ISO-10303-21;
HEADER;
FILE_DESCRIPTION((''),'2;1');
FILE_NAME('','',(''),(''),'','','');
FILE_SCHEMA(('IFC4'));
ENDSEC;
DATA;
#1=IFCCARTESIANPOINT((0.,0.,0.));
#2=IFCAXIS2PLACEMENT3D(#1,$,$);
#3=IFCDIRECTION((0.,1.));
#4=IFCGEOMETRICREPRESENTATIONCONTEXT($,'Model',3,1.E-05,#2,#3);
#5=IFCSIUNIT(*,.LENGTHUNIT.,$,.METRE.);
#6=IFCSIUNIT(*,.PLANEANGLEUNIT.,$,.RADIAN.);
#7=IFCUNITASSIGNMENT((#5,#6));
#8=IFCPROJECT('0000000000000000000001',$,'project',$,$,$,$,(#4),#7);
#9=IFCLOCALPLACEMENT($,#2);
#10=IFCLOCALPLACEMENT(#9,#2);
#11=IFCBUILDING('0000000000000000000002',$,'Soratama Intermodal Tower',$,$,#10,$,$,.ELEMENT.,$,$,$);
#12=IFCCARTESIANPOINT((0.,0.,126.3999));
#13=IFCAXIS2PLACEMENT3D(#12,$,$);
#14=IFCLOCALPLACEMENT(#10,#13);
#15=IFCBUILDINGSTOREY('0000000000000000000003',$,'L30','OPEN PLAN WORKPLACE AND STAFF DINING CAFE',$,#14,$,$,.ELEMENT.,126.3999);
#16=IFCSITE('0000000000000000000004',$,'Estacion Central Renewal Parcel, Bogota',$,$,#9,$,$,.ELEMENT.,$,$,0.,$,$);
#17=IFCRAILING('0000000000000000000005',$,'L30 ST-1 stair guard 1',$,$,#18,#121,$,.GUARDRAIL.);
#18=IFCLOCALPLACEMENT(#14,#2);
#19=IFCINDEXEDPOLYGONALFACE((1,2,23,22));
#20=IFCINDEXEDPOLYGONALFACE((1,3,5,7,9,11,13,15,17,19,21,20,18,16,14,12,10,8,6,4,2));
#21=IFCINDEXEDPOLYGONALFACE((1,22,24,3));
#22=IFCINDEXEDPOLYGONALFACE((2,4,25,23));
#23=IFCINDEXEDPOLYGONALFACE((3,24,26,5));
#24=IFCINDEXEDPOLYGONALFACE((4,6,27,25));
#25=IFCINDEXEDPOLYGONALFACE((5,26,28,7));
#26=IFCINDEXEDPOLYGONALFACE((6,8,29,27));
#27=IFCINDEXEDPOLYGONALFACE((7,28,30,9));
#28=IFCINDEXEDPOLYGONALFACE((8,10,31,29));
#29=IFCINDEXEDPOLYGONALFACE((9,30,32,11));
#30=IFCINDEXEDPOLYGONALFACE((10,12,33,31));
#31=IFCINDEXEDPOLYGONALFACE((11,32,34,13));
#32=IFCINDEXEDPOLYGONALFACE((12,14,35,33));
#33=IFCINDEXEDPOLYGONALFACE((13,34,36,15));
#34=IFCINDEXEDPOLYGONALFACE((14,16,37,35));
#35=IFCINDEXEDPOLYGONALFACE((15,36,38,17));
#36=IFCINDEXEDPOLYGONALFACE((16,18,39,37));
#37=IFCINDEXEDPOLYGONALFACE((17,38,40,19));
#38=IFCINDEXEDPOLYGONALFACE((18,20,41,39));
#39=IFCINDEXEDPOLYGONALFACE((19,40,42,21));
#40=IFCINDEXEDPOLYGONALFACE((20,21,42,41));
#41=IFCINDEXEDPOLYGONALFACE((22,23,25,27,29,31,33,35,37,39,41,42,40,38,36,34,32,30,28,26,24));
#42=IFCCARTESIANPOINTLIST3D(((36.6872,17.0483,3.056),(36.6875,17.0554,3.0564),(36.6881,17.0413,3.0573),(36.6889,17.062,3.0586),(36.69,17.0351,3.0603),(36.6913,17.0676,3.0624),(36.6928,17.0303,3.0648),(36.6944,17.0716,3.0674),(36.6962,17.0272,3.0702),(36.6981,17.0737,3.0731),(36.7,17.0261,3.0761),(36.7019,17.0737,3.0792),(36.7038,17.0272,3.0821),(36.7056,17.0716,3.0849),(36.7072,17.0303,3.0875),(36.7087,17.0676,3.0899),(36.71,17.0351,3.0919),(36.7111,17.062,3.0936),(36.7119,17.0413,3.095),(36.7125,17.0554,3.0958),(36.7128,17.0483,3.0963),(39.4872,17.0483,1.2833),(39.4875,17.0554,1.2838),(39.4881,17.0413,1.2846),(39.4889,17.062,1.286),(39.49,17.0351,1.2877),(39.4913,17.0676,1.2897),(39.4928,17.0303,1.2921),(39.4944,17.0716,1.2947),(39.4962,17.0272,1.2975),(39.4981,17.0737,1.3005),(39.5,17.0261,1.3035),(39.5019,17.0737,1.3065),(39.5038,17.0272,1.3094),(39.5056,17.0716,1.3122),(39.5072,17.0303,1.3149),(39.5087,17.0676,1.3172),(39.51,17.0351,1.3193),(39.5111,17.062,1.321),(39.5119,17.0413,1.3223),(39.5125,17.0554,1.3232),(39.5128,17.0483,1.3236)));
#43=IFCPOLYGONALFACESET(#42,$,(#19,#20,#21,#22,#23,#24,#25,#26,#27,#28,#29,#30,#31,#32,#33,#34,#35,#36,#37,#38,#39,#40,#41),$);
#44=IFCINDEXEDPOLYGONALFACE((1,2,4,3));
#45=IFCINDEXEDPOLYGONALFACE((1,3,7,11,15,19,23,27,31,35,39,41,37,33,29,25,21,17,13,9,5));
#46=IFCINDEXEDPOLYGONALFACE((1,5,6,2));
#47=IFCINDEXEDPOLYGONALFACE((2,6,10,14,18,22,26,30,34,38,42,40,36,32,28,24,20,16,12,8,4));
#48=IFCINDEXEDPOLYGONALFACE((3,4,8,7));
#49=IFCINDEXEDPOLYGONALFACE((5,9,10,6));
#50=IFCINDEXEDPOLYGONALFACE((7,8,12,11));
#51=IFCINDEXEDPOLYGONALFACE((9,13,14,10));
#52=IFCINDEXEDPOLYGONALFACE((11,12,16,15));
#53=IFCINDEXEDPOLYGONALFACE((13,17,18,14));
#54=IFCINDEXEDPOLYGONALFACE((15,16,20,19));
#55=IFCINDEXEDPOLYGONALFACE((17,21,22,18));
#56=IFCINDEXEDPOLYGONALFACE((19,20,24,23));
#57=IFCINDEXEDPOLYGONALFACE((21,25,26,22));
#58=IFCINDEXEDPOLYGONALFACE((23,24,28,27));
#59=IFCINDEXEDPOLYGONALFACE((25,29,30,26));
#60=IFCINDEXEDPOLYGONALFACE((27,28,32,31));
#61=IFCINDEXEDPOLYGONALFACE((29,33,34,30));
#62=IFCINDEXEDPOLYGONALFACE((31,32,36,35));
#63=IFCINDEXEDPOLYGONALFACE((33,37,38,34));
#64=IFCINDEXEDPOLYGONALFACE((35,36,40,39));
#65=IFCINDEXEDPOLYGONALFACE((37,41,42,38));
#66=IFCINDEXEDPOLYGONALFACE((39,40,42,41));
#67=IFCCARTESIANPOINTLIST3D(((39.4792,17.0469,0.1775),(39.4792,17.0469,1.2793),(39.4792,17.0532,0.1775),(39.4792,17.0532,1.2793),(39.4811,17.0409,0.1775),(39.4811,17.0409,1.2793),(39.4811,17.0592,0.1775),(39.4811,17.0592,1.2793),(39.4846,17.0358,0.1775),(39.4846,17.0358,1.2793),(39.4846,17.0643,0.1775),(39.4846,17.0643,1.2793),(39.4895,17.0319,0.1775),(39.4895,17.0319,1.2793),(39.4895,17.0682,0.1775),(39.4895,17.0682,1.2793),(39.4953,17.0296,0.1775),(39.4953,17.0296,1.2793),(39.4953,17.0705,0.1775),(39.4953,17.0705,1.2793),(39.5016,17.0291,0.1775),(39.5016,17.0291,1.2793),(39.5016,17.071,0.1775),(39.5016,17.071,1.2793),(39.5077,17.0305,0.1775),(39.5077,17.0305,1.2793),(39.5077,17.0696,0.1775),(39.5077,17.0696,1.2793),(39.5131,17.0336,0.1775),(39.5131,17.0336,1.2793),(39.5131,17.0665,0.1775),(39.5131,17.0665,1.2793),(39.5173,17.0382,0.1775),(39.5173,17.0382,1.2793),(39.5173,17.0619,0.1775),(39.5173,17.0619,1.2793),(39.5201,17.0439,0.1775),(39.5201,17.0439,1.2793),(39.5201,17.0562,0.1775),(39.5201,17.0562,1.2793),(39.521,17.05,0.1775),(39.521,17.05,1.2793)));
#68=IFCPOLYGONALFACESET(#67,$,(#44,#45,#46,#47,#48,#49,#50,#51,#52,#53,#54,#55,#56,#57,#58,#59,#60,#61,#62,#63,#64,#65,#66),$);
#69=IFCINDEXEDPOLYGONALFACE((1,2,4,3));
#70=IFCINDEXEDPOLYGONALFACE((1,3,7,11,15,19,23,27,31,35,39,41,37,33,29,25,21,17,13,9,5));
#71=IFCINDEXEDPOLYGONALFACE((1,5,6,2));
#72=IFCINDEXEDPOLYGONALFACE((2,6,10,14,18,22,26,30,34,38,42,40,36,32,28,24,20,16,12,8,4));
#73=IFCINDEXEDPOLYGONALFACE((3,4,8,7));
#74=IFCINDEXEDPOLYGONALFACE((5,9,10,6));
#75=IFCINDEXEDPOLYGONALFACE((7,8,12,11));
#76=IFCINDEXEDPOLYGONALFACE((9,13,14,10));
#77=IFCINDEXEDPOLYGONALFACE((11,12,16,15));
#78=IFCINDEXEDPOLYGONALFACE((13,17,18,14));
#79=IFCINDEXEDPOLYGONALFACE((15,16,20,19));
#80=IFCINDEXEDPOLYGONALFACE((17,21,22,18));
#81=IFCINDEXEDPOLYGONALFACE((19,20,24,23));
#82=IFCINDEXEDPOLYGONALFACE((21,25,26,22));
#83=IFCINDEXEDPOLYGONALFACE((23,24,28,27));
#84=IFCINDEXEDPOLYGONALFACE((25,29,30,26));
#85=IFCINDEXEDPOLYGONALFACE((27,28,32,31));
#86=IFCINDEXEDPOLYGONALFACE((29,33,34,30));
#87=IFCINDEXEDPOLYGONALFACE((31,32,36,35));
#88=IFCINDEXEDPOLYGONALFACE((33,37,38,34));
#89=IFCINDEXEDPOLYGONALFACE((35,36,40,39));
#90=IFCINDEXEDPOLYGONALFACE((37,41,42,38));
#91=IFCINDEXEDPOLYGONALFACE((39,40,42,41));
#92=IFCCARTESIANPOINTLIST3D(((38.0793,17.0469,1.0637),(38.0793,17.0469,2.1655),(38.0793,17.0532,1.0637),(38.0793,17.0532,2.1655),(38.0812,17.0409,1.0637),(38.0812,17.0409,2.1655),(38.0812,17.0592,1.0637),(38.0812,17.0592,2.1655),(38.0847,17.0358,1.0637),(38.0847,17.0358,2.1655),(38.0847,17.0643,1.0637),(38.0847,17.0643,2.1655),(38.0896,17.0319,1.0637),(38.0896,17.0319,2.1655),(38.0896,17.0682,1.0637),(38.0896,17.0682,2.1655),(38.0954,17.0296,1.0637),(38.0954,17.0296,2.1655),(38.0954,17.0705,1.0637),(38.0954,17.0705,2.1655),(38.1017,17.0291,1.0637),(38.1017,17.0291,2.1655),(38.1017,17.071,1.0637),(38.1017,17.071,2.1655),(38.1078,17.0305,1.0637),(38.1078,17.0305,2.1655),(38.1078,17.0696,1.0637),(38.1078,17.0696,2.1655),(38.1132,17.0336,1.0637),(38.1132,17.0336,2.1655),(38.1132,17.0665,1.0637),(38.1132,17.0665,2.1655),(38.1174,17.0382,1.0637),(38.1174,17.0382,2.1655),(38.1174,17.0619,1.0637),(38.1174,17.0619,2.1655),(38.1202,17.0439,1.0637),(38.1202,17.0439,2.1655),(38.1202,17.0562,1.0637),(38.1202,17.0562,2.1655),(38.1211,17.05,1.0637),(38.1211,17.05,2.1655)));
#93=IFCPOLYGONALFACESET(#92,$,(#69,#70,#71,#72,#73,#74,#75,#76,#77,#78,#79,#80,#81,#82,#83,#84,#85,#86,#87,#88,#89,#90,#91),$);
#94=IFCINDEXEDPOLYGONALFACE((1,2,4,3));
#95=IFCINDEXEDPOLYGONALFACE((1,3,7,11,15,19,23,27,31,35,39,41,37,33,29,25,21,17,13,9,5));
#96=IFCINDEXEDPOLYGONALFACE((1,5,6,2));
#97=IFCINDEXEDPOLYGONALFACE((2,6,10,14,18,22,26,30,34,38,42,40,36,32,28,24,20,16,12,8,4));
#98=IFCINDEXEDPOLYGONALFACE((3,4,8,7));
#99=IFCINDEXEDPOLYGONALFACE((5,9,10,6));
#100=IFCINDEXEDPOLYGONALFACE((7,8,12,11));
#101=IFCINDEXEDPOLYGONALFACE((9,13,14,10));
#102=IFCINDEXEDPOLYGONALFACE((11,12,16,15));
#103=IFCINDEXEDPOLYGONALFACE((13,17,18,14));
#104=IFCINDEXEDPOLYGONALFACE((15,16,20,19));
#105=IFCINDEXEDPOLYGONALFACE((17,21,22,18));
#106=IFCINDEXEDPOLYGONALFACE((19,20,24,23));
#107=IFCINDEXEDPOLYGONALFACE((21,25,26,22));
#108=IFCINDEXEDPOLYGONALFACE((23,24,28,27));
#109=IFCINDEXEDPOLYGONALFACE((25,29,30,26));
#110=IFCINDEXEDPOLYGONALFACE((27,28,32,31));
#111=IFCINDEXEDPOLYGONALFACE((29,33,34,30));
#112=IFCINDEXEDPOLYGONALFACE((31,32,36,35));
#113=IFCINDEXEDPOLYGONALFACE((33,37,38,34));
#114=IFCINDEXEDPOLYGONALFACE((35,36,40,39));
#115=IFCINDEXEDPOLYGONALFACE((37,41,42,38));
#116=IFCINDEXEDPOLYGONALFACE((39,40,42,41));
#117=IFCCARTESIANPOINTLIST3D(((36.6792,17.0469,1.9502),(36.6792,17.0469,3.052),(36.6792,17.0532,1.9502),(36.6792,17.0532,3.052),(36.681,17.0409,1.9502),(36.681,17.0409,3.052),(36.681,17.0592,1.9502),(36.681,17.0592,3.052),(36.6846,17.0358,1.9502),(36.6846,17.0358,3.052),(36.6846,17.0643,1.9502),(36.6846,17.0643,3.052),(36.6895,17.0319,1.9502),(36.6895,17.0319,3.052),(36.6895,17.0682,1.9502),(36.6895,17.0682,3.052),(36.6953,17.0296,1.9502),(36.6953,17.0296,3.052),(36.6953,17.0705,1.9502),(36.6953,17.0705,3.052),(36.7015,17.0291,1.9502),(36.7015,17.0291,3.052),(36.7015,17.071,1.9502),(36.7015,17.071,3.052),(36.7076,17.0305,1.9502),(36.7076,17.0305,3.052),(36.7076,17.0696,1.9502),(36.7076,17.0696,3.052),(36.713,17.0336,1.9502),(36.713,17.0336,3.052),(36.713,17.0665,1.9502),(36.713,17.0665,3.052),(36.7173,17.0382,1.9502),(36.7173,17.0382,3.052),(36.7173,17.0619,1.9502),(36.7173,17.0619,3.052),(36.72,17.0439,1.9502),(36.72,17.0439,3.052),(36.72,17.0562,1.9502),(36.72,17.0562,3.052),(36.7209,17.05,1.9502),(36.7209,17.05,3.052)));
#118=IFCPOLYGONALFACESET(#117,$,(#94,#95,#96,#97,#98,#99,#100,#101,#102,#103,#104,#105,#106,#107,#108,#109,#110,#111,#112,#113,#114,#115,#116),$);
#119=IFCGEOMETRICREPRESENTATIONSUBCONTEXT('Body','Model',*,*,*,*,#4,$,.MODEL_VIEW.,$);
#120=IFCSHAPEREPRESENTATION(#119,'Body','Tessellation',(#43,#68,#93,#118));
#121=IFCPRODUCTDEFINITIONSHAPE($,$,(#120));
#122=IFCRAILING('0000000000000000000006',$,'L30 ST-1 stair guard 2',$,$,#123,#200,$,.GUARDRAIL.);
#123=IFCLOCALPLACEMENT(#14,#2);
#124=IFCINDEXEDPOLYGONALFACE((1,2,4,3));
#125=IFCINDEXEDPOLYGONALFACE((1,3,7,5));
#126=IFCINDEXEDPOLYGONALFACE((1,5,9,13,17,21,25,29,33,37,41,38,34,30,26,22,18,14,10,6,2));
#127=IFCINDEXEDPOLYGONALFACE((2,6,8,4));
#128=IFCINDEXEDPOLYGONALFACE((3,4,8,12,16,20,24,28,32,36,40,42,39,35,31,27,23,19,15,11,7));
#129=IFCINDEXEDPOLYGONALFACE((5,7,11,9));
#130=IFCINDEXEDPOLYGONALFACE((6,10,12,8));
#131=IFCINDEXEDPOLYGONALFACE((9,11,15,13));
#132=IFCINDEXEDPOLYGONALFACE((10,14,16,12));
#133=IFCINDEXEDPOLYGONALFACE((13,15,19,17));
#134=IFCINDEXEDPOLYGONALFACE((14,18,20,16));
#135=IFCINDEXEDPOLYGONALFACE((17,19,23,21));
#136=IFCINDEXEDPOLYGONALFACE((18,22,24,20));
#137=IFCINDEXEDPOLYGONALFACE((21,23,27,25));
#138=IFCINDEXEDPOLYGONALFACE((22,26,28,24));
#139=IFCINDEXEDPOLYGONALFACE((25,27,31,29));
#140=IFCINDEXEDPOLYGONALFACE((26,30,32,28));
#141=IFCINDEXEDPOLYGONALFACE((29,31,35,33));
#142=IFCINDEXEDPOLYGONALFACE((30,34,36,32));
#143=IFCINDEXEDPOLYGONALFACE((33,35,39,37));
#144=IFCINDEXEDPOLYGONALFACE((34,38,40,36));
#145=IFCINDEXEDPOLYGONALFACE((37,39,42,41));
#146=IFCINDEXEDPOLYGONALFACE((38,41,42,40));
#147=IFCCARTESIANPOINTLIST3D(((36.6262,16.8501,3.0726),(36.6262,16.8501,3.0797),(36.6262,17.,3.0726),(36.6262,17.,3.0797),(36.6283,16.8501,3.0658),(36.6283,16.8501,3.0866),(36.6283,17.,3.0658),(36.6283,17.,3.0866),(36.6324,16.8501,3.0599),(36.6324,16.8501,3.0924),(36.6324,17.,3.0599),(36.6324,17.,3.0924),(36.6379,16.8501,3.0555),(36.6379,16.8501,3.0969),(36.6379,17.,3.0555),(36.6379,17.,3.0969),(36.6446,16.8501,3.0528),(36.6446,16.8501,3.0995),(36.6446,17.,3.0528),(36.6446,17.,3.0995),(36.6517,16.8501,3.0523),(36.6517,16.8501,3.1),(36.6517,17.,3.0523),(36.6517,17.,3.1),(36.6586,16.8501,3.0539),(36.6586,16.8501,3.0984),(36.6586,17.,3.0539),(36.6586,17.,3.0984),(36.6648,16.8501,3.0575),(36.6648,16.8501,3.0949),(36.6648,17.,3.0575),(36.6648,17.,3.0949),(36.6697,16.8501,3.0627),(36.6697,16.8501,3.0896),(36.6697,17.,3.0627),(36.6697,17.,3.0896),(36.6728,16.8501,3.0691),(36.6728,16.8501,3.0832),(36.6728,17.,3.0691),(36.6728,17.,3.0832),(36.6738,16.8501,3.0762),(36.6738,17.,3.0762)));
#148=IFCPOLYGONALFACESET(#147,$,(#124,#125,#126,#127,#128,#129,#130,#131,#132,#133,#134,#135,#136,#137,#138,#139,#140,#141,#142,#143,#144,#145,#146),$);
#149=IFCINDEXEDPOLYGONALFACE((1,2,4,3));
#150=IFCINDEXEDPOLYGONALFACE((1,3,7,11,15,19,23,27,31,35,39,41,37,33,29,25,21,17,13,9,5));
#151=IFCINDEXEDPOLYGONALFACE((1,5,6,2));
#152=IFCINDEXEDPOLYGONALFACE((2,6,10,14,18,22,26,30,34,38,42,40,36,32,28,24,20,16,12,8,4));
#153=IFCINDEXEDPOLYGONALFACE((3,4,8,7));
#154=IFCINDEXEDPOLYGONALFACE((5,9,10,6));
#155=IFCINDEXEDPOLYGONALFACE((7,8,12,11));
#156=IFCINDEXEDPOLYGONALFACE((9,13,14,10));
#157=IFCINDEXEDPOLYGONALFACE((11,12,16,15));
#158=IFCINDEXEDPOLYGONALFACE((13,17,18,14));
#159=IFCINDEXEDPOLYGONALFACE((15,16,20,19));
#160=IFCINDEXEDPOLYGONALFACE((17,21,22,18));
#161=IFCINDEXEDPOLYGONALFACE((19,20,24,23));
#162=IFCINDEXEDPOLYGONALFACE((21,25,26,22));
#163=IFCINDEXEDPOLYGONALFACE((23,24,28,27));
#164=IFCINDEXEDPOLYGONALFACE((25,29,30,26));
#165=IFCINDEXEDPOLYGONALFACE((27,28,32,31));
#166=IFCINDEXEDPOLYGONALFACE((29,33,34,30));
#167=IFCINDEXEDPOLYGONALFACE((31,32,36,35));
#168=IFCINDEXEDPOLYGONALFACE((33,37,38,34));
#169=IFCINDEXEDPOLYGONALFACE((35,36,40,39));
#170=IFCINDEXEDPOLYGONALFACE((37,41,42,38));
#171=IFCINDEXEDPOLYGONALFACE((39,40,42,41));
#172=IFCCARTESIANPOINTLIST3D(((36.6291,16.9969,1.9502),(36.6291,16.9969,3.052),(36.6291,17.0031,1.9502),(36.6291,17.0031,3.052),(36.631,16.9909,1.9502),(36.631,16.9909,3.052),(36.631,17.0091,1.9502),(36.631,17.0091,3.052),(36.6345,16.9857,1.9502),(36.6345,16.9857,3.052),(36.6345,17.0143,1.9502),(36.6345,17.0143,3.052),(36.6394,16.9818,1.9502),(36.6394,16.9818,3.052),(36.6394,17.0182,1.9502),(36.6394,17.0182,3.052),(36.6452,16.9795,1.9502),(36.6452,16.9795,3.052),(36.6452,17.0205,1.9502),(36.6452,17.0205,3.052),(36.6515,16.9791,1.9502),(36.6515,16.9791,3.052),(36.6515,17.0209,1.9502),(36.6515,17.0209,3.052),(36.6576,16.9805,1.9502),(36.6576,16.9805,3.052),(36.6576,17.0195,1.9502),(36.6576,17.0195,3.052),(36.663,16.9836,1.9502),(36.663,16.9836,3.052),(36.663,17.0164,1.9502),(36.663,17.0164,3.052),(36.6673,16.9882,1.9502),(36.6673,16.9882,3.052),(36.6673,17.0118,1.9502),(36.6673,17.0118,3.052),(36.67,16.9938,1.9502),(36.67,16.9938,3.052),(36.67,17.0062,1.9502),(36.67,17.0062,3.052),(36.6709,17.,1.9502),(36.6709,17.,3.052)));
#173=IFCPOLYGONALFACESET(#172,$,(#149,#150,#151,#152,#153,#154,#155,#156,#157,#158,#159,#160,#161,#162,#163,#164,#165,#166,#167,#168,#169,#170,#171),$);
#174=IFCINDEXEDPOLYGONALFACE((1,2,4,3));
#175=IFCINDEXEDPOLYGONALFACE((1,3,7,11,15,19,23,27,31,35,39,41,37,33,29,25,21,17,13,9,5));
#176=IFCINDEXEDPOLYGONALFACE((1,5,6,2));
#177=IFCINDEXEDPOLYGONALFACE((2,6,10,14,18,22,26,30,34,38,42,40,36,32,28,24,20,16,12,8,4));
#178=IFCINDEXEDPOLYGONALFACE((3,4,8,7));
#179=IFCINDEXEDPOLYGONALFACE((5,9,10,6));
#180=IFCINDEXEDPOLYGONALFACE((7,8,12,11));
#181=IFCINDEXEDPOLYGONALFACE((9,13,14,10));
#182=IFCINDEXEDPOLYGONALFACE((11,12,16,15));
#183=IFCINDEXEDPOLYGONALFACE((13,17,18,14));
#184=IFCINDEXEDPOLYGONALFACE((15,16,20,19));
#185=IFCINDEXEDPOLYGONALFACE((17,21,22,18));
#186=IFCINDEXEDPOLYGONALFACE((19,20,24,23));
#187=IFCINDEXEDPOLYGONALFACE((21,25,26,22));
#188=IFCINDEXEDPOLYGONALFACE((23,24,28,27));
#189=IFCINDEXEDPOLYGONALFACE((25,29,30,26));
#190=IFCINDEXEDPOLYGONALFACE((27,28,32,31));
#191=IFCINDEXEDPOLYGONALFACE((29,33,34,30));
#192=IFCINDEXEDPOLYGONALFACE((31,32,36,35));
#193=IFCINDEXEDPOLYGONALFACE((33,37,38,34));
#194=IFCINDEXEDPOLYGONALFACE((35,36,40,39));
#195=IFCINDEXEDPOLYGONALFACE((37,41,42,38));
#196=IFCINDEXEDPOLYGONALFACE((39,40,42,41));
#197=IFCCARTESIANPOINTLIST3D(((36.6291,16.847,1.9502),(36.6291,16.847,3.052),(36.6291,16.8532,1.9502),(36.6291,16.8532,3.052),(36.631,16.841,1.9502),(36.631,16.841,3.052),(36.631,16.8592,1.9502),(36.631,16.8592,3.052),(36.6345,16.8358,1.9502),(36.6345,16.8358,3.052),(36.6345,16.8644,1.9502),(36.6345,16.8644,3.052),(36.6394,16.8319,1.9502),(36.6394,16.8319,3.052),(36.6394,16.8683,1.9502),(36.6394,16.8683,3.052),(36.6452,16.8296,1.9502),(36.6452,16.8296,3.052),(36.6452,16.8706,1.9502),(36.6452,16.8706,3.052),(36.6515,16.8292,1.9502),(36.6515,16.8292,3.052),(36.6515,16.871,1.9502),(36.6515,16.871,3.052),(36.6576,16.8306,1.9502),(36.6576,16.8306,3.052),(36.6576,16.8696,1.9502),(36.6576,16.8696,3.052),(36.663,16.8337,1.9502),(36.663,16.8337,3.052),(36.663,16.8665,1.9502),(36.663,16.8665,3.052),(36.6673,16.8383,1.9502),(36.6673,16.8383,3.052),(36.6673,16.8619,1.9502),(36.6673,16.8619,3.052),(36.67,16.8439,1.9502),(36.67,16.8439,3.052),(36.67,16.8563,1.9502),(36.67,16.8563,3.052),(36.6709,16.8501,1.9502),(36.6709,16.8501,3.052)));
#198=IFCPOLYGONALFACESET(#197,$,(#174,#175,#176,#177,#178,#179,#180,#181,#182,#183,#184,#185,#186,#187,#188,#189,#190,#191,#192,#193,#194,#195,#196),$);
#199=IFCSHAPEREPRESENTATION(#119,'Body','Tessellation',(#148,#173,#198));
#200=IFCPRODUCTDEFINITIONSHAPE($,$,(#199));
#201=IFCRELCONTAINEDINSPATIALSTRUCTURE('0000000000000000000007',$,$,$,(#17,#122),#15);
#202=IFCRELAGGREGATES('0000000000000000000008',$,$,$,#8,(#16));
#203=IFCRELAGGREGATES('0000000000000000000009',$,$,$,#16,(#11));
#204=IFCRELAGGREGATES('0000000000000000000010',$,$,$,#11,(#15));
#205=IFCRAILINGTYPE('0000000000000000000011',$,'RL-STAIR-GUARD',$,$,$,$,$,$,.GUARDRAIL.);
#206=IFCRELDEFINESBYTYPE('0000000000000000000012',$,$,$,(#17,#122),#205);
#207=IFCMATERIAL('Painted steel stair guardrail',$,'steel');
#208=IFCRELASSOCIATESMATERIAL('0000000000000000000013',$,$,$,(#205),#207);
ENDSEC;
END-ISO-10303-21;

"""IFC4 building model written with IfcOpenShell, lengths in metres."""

from ifc_helpers import new_model, si_unit, direction, frame, origin, origin_2d, place, context, subcontext, project, spatial, circle, extrude, material, type_object, element, save


model = new_model("IFC4")

# Units and contexts
model_context = context("Model", 3, precision=1e-05, world=origin(), true_north=direction((0.0, 1.0)))
body_context = subcontext(model_context, "Body", "Model", "MODEL_VIEW")
ifc_project = project(units=[si_unit("LENGTHUNIT", "METRE"), si_unit("PLANEANGLEUNIT", "RADIAN")], contexts=[model_context])

# Site, building, storey
site_placement = place(None, origin())
site = spatial("IfcSite", under=ifc_project, at=site_placement, Name="Estacion Central Renewal Parcel, Bogota", CompositionType="ELEMENT", RefElevation=0.0)
building_placement = place(site_placement, origin())
building = spatial("IfcBuilding", under=site, at=building_placement, Name="Soratama Intermodal Tower", CompositionType="ELEMENT")
storey_placement = place(building_placement, frame((0.0, 0.0, 126.3999)))
storey = spatial("IfcBuildingStorey", under=building, at=storey_placement, Name="L30", Description="OPEN PLAN WORKPLACE AND STAFF DINING CAFE", CompositionType="ELEMENT", Elevation=126.3999)

# Railings
ifc_material_1 = material(Name="Painted steel stair guardrail", Category="steel")
railing_type_1 = type_object("IfcRailingType", Name="RL-STAIR-GUARD", PredefinedType="GUARDRAIL", material=ifc_material_1)
railing_1_placement = place(storey_placement, frame((39.5, 17.05, 0.1775)))
element("IfcRailing", 1, at=railing_1_placement, inside=storey, type_object=railing_type_1, Name="L30 ST-1 stair guard 1", PredefinedType="GUARDRAIL", context=body_context, shape_type="SweptSolid", body=[
    extrude(circle(Radius=0.0239, at=origin_2d()), frame((0.0, 0.0, 1.126), z_axis=(-0.844909, 0.0, 0.53491), x_axis=(0.0, -1.0, 0.0)), (0.0, 0.0, 1.0), 3.314),
    extrude(circle(Radius=0.021, at=origin_2d()), origin(), (0.0, 0.0, 1.0), 1.1018),
    extrude(circle(Radius=0.021, at=origin_2d()), frame((-1.3999, 0.0, 0.8862)), (0.0, 0.0, 1.0), 1.1018),
    extrude(circle(Radius=0.021, at=origin_2d()), frame((-2.8, 0.0, 1.7727)), (0.0, 0.0, 1.0), 1.1018),
])
railing_2_placement = place(storey_placement, frame((36.6499, 17.0, 1.9502)))
element("IfcRailing", 2, at=railing_2_placement, inside=storey, type_object=railing_type_1, Name="L30 ST-1 stair guard 2", PredefinedType="GUARDRAIL", context=body_context, shape_type="SweptSolid", body=[
    extrude(circle(Radius=0.0239, at=origin_2d()), frame((0.0, 0.0, 1.126), z_axis=(0.0, -1.0, 0.0), x_axis=(1.0, 0.0, 0.0)), (0.0, 0.0, 1.0), 0.1499),
    extrude(circle(Radius=0.021, at=origin_2d()), origin(), (0.0, 0.0, 1.0), 1.1018),
    extrude(circle(Radius=0.021, at=origin_2d()), frame((0.0, -0.1499, 0.0)), (0.0, 0.0, 1.0), 1.1018),
])

save(model, "model.ifc")
